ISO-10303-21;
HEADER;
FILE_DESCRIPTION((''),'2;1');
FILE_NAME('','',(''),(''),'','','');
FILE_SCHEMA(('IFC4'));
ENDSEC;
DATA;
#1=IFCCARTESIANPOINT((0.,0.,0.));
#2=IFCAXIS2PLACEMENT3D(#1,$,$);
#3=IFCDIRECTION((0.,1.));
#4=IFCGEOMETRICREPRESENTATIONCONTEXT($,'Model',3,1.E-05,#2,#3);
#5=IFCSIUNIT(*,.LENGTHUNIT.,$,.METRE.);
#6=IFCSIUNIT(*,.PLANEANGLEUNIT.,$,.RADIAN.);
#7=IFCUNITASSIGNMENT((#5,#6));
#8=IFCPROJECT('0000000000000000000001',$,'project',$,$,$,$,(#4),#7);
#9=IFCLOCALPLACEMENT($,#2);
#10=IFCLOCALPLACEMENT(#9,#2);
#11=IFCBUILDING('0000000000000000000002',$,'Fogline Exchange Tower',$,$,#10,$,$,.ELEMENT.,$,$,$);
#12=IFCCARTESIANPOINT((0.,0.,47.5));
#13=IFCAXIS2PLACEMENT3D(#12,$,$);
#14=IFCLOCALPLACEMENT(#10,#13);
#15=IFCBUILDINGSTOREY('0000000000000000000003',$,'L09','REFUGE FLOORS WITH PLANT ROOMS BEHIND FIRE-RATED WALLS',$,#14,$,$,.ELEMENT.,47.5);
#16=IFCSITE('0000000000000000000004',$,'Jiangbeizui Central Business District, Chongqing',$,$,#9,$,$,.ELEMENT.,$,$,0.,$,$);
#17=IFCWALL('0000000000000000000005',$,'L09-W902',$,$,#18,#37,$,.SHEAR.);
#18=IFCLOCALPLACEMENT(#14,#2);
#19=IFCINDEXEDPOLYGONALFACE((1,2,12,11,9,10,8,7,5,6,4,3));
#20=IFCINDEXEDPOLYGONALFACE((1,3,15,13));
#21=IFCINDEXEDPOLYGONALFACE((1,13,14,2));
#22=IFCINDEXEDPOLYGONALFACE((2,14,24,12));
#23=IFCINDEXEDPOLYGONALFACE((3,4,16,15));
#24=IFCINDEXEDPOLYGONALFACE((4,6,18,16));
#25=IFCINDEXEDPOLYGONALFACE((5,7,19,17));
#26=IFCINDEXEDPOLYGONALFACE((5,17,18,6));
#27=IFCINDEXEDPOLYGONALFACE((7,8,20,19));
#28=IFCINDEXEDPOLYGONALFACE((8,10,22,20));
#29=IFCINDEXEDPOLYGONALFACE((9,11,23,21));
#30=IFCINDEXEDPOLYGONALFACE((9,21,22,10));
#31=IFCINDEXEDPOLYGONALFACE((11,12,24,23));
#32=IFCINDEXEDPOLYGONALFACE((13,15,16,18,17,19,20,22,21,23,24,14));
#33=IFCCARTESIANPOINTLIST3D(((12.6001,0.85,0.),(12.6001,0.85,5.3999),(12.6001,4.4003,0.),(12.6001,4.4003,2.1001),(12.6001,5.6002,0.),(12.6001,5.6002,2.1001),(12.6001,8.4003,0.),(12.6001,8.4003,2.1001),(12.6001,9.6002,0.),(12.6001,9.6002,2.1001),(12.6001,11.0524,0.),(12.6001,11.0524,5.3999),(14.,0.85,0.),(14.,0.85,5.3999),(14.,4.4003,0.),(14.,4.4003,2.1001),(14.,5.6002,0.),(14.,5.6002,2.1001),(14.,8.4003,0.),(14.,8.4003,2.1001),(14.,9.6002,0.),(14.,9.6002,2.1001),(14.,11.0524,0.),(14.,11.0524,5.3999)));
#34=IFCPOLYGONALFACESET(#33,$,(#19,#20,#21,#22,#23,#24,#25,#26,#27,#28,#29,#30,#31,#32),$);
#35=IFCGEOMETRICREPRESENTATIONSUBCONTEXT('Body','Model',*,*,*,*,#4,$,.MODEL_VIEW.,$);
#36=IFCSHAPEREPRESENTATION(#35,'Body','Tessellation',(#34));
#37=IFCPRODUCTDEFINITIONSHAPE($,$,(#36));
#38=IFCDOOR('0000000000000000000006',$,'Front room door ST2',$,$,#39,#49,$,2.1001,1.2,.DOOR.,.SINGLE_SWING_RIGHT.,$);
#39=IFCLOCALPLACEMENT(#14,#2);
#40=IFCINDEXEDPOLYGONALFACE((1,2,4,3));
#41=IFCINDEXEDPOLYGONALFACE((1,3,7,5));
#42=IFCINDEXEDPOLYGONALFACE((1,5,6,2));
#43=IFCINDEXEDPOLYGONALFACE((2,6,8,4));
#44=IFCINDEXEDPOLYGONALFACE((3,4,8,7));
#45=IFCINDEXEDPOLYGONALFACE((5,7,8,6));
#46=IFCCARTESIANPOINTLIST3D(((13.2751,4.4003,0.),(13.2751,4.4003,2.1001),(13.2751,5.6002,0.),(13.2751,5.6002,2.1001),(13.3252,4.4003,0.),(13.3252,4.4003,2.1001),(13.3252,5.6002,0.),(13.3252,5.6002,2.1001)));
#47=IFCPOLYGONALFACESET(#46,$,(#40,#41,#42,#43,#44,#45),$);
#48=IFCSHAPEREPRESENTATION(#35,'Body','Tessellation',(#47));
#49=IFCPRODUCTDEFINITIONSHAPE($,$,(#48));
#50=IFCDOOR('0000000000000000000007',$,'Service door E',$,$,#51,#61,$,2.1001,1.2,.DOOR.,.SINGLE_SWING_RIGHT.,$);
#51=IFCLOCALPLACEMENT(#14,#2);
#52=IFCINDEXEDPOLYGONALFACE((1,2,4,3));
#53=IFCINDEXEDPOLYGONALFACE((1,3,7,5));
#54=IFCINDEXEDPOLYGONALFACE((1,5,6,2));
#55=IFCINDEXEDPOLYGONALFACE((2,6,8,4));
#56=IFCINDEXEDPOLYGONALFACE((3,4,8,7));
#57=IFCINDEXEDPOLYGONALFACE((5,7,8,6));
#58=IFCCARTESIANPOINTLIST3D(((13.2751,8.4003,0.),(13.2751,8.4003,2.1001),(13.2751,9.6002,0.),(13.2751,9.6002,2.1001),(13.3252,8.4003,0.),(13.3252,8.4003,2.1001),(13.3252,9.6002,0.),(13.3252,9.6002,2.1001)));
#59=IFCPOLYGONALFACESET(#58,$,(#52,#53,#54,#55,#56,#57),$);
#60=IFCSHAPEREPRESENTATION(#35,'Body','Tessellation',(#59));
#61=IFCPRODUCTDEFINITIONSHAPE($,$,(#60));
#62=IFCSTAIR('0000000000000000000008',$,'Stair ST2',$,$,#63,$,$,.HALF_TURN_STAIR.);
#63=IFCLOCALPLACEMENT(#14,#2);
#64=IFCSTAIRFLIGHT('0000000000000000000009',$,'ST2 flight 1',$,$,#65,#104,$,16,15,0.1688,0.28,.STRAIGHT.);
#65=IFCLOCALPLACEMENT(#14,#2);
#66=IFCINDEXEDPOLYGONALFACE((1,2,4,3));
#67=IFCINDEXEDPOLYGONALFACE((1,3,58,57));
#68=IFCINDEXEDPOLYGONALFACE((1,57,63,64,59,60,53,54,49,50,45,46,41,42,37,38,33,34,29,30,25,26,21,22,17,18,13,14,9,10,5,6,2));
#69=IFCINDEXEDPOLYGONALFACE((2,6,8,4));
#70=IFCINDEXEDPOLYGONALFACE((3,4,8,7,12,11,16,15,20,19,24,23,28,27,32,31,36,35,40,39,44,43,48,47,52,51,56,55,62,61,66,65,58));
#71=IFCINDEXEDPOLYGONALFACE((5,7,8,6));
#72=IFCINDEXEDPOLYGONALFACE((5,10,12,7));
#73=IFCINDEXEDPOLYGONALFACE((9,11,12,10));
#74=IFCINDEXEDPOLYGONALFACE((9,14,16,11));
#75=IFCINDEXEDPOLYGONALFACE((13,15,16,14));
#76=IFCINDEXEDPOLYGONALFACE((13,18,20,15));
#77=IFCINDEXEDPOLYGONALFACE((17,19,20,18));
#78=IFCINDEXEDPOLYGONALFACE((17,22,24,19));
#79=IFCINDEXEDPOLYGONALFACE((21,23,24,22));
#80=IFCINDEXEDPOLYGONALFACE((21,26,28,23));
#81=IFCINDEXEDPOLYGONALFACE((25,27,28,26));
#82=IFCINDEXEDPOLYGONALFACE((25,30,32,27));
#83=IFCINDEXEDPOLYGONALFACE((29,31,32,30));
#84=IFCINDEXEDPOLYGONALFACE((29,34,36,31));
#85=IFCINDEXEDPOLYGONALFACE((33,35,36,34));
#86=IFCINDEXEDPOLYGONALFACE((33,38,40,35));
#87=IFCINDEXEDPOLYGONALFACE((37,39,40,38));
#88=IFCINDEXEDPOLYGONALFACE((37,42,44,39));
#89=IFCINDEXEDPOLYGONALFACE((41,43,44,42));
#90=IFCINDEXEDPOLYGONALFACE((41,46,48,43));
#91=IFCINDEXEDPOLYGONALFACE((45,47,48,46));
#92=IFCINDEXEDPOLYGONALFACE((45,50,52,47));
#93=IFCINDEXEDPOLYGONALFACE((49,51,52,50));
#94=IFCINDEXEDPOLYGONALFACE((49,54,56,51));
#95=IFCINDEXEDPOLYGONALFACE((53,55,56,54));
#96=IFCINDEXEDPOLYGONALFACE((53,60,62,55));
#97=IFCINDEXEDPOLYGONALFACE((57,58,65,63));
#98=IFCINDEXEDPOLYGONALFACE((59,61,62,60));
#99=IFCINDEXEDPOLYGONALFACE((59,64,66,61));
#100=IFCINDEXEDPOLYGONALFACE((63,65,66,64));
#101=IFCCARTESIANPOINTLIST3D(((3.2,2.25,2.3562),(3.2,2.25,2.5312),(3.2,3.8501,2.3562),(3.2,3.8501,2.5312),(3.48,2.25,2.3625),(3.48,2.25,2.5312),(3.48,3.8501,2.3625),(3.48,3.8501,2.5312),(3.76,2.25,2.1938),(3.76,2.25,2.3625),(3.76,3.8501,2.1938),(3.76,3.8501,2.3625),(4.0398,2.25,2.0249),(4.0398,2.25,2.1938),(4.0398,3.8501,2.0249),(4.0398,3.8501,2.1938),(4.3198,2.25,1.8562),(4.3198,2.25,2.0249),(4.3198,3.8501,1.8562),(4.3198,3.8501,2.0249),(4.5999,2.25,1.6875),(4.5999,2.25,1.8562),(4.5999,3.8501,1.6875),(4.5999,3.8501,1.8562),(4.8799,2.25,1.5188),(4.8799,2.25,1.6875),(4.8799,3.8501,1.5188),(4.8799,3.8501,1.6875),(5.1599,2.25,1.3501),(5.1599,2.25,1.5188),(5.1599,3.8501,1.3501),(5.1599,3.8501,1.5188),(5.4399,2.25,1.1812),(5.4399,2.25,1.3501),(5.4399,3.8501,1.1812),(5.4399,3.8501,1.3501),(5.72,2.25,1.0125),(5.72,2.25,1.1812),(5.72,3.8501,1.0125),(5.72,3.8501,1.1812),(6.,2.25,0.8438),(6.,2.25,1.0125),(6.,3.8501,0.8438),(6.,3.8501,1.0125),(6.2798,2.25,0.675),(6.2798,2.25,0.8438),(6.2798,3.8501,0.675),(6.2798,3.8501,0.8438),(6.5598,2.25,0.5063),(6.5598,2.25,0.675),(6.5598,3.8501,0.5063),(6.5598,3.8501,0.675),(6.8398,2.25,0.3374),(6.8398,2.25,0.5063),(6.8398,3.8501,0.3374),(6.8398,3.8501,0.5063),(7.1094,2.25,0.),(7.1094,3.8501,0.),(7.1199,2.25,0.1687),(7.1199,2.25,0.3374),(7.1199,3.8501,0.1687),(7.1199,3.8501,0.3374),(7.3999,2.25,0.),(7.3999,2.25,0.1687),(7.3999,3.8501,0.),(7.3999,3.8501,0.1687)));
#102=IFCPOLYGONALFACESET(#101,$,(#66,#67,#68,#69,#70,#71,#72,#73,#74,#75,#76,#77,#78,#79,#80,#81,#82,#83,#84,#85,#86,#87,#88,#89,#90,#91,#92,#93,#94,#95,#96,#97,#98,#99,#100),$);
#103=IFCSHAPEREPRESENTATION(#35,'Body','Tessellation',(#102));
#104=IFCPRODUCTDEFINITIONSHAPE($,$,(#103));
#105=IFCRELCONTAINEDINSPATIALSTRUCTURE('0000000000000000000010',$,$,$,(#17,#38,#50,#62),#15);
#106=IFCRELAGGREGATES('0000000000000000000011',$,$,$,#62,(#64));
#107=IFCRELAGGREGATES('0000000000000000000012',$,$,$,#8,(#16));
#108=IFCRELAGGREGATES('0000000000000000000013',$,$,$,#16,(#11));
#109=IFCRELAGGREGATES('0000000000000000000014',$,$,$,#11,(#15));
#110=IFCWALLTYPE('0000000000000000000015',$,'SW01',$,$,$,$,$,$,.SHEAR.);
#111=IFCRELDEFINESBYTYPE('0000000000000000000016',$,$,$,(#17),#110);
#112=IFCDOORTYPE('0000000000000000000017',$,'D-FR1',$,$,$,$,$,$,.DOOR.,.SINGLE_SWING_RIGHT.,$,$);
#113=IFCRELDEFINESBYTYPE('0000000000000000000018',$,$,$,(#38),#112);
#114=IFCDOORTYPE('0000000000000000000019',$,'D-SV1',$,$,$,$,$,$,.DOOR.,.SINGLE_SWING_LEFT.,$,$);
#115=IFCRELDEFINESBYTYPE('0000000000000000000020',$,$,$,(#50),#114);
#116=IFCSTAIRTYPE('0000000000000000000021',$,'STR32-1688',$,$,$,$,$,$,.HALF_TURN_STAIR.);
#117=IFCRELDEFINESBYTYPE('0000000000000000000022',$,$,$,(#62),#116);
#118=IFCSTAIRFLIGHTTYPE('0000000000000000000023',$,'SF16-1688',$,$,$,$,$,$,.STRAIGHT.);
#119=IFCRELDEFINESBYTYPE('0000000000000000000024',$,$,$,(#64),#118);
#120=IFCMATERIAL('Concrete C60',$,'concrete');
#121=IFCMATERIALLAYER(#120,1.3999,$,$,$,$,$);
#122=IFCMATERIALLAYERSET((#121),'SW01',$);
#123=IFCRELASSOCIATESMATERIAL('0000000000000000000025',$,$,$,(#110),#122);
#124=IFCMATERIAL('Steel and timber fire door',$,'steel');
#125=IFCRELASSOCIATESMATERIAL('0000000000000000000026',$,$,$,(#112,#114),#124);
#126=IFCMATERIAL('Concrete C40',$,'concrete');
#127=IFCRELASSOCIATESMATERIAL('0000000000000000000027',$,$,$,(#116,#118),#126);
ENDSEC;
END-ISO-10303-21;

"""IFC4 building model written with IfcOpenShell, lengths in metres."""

from ifc_helpers import new_model, si_unit, direction, frame, frame_2d, origin, place, context, subcontext, project, spatial, polyline, rectangle, outline, extrude, material, layer, layer_set, type_object, element, fill, aggregate, save


model = new_model("IFC4")

# Units and contexts
model_context = context("Model", 3, precision=1e-05, world=origin(), true_north=direction((0.0, 1.0)))
body_context = subcontext(model_context, "Body", "Model", "MODEL_VIEW")
ifc_project = project(units=[si_unit("LENGTHUNIT", "METRE"), si_unit("PLANEANGLEUNIT", "RADIAN")], contexts=[model_context])

# Site, building, storey
site_placement = place(None, origin())
site = spatial("IfcSite", under=ifc_project, at=site_placement, Name="Jiangbeizui Central Business District, Chongqing", CompositionType="ELEMENT", RefElevation=0.0)
building_placement = place(site_placement, origin())
building = spatial("IfcBuilding", under=site, at=building_placement, Name="Fogline Exchange Tower", CompositionType="ELEMENT")
storey_placement = place(building_placement, frame((0.0, 0.0, 47.5)))
storey = spatial("IfcBuildingStorey", under=building, at=storey_placement, Name="L09", Description="REFUGE FLOORS WITH PLANT ROOMS BEHIND FIRE-RATED WALLS", CompositionType="ELEMENT", Elevation=47.5)

# Shared definitions
ifc_material_1 = material(Name="Concrete C40", Category="concrete")

# Shared definitions
ifc_material_2 = material(Name="Steel and timber fire door", Category="steel")

# Shared definitions
ifc_material_3 = material(Name="Concrete C60", Category="concrete")

# Wall, openings, doors
ifc_layer_1 = layer(ifc_material_3, 1.3999)
ifc_layer_set_1 = layer_set([ifc_layer_1], Name="SW01")
wall_type_1 = type_object("IfcWallType", Name="SW01", PredefinedType="SHEAR", material=ifc_layer_set_1)
wall_1_placement = place(storey_placement, frame((13.3, 0.8501, 0.0), z_axis=(0.0, 0.0, 1.0), x_axis=(0.0, 1.0, 0.0)))
wall_1 = element("IfcWall", 1, at=wall_1_placement, inside=storey, type_object=wall_type_1, Name="L09-W902", PredefinedType="SHEAR", context=body_context, shape_type="SweptSolid", body=[
    extrude(rectangle(XDim=10.2024, YDim=1.3999, at=frame_2d((5.1011, 0.0))), origin(), (0.0, 0.0, 1.0), 5.3999),
])
opening_1_placement = place(wall_1_placement, frame((3.55, 0.0, 0.0)))
opening_1 = element("IfcOpeningElement", 2, at=opening_1_placement, cuts=wall_1, PredefinedType="OPENING", context=body_context, shape_type="SweptSolid", body=[
    extrude(rectangle(XDim=1.2, YDim=2.1001, at=frame_2d((0.6001, 1.05))), frame((0.0, 0.71, 0.0), z_axis=(0.0, -1.0, 0.0), x_axis=(1.0, 0.0, 0.0)), (0.0, 0.0, 1.0), 1.4199),
])
opening_2_placement = place(wall_1_placement, frame((7.55, 0.0, 0.0)))
opening_2 = element("IfcOpeningElement", 3, at=opening_2_placement, cuts=wall_1, PredefinedType="OPENING", context=body_context, shape_type="SweptSolid", body=[
    extrude(rectangle(XDim=1.2, YDim=2.1001, at=frame_2d((0.6001, 1.05))), frame((0.0, 0.71, 0.0), z_axis=(0.0, -1.0, 0.0), x_axis=(1.0, 0.0, 0.0)), (0.0, 0.0, 1.0), 1.4199),
])
door_type_1 = type_object("IfcDoorType", Name="D-FR1", OperationType="SINGLE_SWING_RIGHT", PredefinedType="DOOR", material=ifc_material_2)
door_1_placement = place(opening_1_placement, origin())
door_1 = element("IfcDoor", 4, at=door_1_placement, inside=storey, type_object=door_type_1, Name="Front room door ST2", OperationType="SINGLE_SWING_RIGHT", OverallHeight=2.1001, OverallWidth=1.2, PredefinedType="DOOR", context=body_context, shape_type="SweptSolid", body=[
    extrude(rectangle(XDim=1.2, YDim=2.1001, at=frame_2d((0.6001, 1.05))), frame((0.0, 0.0249, 0.0), z_axis=(0.0, -1.0, 0.0), x_axis=(1.0, 0.0, 0.0)), (0.0, 0.0, 1.0), 0.05),
])
fill(opening_1, door_1)
door_type_2 = type_object("IfcDoorType", Name="D-SV1", OperationType="SINGLE_SWING_LEFT", PredefinedType="DOOR", material=ifc_material_2)
door_2_placement = place(opening_2_placement, origin())
door_2 = element("IfcDoor", 5, at=door_2_placement, inside=storey, type_object=door_type_2, Name="Service door E", OperationType="SINGLE_SWING_RIGHT", OverallHeight=2.1001, OverallWidth=1.2, PredefinedType="DOOR", context=body_context, shape_type="SweptSolid", body=[
    extrude(rectangle(XDim=1.2, YDim=2.1001, at=frame_2d((0.6001, 1.05))), frame((0.0, 0.0249, 0.0), z_axis=(0.0, -1.0, 0.0), x_axis=(1.0, 0.0, 0.0)), (0.0, 0.0, 1.0), 0.05),
])
fill(opening_2, door_2)

# Stair, stair flight
stair_type = type_object("IfcStairType", Name="STR32-1688", PredefinedType="HALF_TURN_STAIR", material=ifc_material_1)
stair_placement = place(storey_placement, origin())
stair = element("IfcStair", 6, at=stair_placement, inside=storey, type_object=stair_type, Name="Stair ST2", PredefinedType="HALF_TURN_STAIR")
stair_flight_type = type_object("IfcStairFlightType", Name="SF16-1688", PredefinedType="STRAIGHT", material=ifc_material_1)
stair_flight_placement = place(storey_placement, frame((7.3999, 3.05, 0.0), z_axis=(0.0, 0.0, 1.0), x_axis=(-1.0, 0.0, 0.0)))
stair_flight = element("IfcStairFlight", 7, at=stair_flight_placement, type_object=stair_flight_type, Name="ST2 flight 1", NumberOfRisers=16, NumberOfTreads=15, PredefinedType="STRAIGHT", RiserHeight=0.1688, TreadLength=0.28, context=body_context, shape_type="SweptSolid", body=[
    extrude(outline(polyline([(0.0, 0.0), (0.0, 0.1687), (0.28, 0.1687), (0.28, 0.3374), (0.5601, 0.3374), (0.5601, 0.5063), (0.8401, 0.5063), (0.8401, 0.675), (1.1201, 0.675), (1.1201, 0.8438), (1.3999, 0.8438), (1.3999, 1.0125), (1.6799, 1.0125), (1.6799, 1.1812), (1.96, 1.1812), (1.96, 1.3501), (2.24, 1.3501), (2.24, 1.5188), (2.52, 1.5188), (2.52, 1.6875), (2.8, 1.6875), (2.8, 1.8562), (3.0801, 1.8562), (3.0801, 2.0249), (3.3601, 2.0249), (3.3601, 2.1938), (3.6399, 2.1938), (3.6399, 2.3625), (3.9199, 2.3625), (3.9199, 2.5312), (4.2, 2.5312), (4.2, 2.7), (4.2, 2.3562), (0.2905, 0.0), (0.0, 0.0)])), frame((0.0, 0.8, 0.0), z_axis=(0.0, -1.0, 0.0), x_axis=(1.0, 0.0, 0.0)), (0.0, 0.0, 1.0), 1.6001),
])
aggregate(stair, [stair_flight])

save(model, "model.ifc")
